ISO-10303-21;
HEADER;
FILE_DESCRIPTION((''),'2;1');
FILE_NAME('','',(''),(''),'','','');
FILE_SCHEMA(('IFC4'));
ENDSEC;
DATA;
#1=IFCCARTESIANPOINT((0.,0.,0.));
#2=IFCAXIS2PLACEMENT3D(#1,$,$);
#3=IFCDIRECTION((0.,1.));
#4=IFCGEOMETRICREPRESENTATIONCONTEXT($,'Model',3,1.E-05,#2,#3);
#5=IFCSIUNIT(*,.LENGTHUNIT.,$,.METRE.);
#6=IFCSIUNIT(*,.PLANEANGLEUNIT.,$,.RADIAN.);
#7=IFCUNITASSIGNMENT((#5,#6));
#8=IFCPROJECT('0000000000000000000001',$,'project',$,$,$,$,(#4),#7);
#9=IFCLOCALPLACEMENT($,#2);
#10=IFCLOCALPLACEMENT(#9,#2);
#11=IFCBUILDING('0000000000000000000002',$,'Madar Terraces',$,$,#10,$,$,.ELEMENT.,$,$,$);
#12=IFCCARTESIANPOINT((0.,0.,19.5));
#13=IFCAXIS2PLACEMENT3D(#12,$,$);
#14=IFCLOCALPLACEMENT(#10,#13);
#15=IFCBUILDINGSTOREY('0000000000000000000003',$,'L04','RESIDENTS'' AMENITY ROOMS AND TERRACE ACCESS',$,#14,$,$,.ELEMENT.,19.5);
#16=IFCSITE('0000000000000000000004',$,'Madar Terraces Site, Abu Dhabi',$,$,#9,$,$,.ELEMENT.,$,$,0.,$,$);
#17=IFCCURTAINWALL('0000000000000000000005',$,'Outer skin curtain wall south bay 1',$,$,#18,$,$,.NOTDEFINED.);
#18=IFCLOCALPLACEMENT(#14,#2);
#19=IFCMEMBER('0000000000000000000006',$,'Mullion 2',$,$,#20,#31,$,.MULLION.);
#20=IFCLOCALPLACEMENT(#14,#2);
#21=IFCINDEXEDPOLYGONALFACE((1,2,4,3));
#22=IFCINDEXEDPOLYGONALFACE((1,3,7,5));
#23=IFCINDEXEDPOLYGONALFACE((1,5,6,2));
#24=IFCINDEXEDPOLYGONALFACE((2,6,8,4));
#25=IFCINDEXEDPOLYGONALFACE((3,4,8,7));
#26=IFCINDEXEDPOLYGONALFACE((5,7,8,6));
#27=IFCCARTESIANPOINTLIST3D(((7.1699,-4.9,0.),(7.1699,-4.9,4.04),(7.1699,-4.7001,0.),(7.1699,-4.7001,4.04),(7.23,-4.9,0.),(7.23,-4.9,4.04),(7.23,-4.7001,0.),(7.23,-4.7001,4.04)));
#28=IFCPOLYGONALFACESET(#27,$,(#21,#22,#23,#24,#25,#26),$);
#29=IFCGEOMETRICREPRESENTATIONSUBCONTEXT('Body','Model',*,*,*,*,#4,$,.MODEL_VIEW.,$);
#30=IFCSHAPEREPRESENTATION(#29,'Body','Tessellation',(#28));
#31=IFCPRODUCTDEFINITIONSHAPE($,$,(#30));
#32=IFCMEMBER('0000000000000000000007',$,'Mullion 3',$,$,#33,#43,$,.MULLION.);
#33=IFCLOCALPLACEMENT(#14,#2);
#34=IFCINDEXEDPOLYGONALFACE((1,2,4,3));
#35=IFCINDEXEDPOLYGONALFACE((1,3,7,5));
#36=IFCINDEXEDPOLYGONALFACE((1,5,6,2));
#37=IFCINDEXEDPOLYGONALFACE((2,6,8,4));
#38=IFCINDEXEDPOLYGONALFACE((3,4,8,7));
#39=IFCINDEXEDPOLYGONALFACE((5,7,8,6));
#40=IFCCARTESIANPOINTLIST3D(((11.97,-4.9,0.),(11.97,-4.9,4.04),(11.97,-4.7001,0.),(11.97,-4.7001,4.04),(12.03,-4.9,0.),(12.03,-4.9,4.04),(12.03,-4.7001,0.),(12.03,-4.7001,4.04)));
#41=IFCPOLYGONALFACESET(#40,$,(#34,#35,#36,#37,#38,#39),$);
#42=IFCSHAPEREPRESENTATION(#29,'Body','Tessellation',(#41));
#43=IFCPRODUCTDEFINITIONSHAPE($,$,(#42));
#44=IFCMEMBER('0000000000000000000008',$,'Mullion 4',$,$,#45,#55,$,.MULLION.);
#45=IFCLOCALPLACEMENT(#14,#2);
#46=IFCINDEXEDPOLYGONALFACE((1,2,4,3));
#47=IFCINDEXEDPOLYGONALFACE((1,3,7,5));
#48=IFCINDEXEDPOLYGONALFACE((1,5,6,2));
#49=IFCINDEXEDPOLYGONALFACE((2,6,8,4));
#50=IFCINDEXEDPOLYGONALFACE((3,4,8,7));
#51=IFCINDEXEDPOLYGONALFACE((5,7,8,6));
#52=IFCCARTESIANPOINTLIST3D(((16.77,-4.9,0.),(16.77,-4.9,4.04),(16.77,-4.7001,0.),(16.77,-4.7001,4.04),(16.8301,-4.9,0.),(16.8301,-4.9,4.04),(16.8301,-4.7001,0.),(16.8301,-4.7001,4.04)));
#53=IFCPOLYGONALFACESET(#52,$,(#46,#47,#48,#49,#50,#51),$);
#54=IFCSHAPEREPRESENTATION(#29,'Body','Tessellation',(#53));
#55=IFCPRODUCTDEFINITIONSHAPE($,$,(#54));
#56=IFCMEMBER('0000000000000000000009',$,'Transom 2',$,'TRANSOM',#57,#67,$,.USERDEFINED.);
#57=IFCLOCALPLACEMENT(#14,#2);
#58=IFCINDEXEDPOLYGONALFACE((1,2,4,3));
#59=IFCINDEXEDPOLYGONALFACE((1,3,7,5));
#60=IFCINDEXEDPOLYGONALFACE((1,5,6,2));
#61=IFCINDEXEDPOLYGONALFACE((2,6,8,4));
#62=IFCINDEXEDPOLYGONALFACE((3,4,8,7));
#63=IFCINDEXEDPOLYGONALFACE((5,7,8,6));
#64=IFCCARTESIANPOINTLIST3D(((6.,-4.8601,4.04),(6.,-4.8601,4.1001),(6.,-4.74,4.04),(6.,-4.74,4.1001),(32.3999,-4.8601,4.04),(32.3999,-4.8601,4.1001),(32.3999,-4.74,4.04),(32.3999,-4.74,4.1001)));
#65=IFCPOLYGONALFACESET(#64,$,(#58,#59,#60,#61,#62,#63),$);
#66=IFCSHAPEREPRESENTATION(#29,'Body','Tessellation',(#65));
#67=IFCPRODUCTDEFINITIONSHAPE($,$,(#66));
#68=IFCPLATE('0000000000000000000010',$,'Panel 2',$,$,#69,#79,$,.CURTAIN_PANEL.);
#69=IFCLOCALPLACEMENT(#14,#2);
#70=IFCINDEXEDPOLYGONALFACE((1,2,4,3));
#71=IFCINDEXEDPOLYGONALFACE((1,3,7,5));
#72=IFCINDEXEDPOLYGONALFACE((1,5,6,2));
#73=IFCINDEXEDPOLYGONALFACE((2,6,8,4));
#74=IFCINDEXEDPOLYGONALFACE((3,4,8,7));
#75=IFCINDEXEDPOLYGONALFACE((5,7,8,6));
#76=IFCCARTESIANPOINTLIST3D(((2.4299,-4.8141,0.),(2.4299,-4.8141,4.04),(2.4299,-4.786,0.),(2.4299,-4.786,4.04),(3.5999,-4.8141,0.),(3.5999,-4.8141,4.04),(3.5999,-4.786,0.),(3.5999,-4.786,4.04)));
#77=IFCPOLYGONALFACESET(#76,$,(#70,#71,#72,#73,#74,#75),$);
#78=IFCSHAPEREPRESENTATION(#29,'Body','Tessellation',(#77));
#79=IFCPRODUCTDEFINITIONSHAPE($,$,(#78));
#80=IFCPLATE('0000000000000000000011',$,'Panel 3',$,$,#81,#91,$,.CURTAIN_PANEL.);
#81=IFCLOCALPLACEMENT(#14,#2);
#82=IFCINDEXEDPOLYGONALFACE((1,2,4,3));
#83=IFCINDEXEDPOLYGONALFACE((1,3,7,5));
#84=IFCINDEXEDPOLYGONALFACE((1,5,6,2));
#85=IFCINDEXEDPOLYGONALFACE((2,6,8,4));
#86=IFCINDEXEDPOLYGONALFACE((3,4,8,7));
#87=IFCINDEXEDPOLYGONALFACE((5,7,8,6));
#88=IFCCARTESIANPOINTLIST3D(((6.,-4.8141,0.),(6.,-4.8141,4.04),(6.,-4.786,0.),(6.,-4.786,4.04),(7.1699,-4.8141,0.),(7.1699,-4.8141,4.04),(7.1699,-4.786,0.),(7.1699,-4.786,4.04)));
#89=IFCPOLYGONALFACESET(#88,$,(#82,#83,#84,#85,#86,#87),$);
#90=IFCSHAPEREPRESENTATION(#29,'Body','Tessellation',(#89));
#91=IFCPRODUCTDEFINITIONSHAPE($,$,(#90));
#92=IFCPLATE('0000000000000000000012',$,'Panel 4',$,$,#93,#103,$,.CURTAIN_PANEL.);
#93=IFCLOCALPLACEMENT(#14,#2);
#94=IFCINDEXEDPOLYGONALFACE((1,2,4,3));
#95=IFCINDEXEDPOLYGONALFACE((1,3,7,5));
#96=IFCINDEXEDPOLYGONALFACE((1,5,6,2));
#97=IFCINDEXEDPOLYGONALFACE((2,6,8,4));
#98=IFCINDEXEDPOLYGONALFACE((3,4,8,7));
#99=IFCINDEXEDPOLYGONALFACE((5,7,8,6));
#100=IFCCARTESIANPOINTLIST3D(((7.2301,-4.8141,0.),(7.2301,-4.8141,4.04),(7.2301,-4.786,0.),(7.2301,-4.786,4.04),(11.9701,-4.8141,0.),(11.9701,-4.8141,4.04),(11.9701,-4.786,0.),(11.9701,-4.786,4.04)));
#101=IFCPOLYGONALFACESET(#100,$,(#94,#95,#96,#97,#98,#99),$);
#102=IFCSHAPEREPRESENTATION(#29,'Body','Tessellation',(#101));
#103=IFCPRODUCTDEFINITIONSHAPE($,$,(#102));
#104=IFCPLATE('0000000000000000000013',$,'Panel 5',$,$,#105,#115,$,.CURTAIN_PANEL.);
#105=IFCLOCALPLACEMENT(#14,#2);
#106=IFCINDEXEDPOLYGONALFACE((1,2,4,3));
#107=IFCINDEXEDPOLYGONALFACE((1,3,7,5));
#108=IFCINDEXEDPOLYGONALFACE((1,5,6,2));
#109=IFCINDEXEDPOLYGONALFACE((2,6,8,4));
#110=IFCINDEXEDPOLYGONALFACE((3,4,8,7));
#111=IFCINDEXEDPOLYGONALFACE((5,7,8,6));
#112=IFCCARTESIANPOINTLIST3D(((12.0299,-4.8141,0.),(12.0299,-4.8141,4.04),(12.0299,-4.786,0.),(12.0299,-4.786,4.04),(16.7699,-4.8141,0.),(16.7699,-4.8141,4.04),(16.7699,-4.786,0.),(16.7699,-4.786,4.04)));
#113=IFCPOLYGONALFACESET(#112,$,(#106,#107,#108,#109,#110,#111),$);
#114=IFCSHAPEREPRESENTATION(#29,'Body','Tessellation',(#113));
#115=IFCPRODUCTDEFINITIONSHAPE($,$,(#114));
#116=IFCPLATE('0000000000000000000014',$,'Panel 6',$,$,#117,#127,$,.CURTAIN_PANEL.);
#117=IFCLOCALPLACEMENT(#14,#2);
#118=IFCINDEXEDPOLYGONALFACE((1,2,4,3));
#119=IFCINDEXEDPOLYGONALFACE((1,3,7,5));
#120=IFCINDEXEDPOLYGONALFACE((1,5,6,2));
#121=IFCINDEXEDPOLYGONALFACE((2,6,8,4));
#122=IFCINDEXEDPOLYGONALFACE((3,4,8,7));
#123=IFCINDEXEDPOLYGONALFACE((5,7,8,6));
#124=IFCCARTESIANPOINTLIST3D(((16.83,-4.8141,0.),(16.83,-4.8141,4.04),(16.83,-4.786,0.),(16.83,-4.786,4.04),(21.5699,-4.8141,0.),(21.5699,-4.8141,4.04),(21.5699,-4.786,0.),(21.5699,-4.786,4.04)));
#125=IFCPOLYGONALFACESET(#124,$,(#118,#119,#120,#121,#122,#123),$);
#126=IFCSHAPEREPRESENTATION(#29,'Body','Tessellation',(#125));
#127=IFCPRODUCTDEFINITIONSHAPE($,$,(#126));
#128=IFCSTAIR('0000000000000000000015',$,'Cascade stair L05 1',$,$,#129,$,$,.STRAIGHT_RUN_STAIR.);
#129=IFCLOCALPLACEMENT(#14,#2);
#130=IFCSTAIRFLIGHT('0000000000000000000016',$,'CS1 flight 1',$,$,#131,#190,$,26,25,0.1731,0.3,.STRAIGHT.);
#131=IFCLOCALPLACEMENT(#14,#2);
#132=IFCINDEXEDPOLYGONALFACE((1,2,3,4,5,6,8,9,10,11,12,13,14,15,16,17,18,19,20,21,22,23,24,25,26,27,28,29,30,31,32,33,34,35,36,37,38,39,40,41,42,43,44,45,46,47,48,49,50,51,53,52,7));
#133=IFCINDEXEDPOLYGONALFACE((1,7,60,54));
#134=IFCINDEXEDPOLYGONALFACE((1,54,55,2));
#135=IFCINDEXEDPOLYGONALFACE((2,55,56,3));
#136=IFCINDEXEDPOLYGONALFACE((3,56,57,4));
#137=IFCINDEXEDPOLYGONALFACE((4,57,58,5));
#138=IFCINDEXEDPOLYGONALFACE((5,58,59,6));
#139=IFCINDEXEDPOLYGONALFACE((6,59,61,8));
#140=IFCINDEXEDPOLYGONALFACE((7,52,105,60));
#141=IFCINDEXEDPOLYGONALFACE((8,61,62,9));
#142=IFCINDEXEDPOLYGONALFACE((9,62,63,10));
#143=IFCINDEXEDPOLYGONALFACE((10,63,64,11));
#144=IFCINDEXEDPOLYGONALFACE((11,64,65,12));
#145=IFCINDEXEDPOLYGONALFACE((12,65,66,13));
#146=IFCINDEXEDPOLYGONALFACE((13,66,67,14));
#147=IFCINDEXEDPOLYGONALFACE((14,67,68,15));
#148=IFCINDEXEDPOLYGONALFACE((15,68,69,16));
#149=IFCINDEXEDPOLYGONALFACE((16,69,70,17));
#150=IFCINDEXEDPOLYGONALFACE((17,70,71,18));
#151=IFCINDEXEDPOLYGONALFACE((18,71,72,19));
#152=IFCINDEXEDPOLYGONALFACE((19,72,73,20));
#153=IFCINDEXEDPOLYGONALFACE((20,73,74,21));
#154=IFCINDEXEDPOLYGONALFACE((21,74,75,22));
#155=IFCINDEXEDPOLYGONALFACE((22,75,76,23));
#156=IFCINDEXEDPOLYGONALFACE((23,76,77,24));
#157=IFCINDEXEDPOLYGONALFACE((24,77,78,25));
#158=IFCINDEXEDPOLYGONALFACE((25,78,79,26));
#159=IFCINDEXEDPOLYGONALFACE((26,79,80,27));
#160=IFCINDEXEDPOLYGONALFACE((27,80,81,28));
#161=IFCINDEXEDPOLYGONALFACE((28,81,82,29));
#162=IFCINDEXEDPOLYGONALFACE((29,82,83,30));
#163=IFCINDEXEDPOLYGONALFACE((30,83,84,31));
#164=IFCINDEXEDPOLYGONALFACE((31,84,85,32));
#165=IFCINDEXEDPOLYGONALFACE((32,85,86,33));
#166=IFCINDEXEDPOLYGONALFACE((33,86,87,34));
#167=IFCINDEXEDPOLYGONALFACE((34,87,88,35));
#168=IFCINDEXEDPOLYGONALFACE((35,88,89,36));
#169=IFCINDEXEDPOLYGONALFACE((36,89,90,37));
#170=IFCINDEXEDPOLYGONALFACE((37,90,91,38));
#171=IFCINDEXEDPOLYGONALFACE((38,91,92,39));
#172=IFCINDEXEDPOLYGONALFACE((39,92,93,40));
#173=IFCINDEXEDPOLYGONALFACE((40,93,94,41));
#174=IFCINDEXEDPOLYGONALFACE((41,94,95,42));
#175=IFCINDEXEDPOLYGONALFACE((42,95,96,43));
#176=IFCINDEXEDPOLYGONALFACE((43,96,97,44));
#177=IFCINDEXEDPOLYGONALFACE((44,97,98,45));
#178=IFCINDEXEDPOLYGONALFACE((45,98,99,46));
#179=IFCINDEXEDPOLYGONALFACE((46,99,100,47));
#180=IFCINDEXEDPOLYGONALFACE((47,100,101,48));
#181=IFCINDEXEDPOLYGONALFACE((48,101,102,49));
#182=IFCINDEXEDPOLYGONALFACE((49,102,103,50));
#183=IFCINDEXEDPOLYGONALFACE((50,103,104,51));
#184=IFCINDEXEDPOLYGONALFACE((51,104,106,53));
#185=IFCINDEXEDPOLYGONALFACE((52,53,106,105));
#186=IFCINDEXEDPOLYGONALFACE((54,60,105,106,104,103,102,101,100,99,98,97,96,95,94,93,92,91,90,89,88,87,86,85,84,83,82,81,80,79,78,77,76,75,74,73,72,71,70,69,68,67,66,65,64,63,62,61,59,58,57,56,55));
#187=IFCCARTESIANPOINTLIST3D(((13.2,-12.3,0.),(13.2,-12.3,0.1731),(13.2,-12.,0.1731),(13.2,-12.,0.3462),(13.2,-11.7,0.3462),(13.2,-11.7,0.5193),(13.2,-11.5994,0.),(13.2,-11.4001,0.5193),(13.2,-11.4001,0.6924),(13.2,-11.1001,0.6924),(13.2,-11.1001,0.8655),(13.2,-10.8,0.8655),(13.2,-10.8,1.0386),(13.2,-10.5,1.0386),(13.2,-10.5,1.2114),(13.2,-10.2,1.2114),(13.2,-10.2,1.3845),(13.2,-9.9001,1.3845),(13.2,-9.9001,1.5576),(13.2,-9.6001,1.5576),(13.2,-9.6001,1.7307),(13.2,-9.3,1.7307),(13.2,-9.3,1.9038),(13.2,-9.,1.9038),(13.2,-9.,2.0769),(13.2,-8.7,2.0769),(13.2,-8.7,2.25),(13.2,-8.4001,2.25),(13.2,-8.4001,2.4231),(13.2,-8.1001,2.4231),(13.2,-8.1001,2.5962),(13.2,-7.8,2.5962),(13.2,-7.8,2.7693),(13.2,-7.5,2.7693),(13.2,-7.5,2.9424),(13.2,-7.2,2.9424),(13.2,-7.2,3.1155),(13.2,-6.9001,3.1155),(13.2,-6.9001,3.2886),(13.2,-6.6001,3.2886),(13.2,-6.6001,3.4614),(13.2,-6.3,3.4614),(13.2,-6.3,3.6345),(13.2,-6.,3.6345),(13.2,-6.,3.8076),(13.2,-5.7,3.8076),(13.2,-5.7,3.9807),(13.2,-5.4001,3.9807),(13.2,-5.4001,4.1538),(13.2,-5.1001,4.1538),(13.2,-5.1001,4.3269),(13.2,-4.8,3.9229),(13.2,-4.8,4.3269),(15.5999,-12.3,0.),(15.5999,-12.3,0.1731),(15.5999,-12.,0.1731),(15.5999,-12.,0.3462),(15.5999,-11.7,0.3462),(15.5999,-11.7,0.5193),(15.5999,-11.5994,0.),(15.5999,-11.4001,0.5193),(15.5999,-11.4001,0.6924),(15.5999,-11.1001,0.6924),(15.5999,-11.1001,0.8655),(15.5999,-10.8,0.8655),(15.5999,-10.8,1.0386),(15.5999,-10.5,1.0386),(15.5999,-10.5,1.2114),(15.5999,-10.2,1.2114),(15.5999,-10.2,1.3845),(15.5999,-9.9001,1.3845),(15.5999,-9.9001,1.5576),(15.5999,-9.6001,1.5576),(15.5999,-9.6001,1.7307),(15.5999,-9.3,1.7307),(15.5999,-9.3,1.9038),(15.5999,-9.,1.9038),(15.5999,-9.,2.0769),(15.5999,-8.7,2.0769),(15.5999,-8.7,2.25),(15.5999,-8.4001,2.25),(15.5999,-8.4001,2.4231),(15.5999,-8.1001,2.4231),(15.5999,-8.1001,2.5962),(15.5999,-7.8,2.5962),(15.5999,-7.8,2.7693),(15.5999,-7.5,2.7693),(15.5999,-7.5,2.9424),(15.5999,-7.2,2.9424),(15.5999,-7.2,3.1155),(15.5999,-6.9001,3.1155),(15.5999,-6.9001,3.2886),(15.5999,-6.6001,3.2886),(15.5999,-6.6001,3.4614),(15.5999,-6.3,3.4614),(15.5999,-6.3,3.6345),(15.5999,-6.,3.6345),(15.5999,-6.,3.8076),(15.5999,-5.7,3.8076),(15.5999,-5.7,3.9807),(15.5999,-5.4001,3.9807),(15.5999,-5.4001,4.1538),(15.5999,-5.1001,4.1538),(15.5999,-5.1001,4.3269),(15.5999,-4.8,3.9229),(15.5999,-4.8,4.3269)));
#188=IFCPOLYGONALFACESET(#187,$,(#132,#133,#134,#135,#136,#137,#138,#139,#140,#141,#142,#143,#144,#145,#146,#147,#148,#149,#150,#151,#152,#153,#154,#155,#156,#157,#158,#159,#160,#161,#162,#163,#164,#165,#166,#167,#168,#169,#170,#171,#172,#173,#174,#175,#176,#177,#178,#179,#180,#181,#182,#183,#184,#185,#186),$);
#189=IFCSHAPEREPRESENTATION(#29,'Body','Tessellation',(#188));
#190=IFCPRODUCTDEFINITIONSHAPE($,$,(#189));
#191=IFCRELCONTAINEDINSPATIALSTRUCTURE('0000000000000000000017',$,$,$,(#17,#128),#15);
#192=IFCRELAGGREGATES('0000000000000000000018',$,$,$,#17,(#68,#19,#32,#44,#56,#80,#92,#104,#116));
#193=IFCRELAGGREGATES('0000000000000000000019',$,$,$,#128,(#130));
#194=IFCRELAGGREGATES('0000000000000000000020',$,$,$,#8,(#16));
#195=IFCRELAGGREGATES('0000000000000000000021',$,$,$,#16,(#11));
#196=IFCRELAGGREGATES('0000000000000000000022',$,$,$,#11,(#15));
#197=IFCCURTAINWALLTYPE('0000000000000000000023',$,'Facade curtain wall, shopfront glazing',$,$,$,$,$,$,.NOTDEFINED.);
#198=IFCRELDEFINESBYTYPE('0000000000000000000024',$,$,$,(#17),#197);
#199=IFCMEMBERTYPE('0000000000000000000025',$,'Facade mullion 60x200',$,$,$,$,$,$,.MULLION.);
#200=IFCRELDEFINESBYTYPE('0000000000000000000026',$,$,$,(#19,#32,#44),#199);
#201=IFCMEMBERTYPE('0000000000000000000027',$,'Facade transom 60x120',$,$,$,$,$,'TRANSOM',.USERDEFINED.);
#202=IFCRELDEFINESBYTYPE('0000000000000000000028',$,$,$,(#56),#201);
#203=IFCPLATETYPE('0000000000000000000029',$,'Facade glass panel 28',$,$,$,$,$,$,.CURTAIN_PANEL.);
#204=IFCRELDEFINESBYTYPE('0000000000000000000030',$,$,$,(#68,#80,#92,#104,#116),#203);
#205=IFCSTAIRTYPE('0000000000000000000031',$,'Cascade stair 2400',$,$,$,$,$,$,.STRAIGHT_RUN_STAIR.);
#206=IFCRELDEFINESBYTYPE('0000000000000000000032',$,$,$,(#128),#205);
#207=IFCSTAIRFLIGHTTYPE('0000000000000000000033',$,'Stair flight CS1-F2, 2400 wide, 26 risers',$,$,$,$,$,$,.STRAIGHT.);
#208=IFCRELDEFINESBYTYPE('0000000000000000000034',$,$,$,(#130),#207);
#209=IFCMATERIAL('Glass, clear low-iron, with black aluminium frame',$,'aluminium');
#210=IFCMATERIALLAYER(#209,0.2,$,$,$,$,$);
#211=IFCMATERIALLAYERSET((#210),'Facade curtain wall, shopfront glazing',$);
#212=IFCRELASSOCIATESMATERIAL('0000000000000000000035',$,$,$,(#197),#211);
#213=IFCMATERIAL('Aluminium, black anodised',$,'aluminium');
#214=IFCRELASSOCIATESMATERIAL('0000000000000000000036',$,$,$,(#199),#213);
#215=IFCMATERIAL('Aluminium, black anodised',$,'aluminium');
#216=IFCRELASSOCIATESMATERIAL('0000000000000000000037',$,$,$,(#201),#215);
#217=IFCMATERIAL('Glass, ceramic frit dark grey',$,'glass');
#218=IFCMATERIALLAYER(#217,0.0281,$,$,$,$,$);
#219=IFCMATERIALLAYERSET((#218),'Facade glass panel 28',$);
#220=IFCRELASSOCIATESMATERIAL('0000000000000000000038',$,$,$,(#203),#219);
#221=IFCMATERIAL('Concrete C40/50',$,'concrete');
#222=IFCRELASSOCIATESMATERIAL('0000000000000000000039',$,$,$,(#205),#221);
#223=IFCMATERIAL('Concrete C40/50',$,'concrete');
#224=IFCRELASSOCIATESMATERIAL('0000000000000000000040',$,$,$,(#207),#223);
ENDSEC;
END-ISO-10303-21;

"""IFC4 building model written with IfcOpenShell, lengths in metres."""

from ifc_helpers import new_model, si_unit, direction, frame, origin, origin_2d, place, context, subcontext, project, spatial, polyline, rectangle, outline, extrude, material, layer, layer_set, material_profile, profile_set, type_object, element, aggregate, save


model = new_model("IFC4")

# Units and contexts
model_context = context("Model", 3, precision=1e-05, world=origin(), true_north=direction((0.0, 1.0)))
body_context = subcontext(model_context, "Body", "Model", "MODEL_VIEW")
ifc_project = project(units=[si_unit("LENGTHUNIT", "METRE"), si_unit("PLANEANGLEUNIT", "RADIAN")], contexts=[model_context])

# Site, building, storey
site_placement = place(None, origin())
site = spatial("IfcSite", under=ifc_project, at=site_placement, Name="Madar Terraces Site, Abu Dhabi", CompositionType="ELEMENT", RefElevation=0.0)
building_placement = place(site_placement, origin())
building = spatial("IfcBuilding", under=site, at=building_placement, Name="Madar Terraces", CompositionType="ELEMENT")
storey_placement = place(building_placement, frame((0.0, 0.0, 19.5)))
storey = spatial("IfcBuildingStorey", under=building, at=storey_placement, Name="L04", Description="RESIDENTS' AMENITY ROOMS AND TERRACE ACCESS", CompositionType="ELEMENT", Elevation=19.5)

# Curtain wall, members, plates
ifc_material_1 = material(Name="Glass, clear low-iron, with black aluminium frame", Category="aluminium")
ifc_layer_1 = layer(ifc_material_1, 0.2)
ifc_layer_set_1 = layer_set([ifc_layer_1], Name="Facade curtain wall, shopfront glazing")
curtain_wall_type = type_object("IfcCurtainWallType", Name="Facade curtain wall, shopfront glazing", PredefinedType="NOTDEFINED", material=ifc_layer_set_1)
curtain_wall_placement = place(storey_placement, origin())
curtain_wall = element("IfcCurtainWall", 1, at=curtain_wall_placement, inside=storey, type_object=curtain_wall_type, Name="Outer skin curtain wall south bay 1", PredefinedType="NOTDEFINED")
ifc_material_2 = material(Name="Aluminium, black anodised", Category="aluminium")
ifc_material_profile_1 = material_profile(ifc_material_2, rectangle(XDim=0.2, YDim=0.0601, at=origin_2d()), Name="Facade mullion 60x200")
ifc_profile_set_1 = profile_set([ifc_material_profile_1], Name="Aluminium, black anodised")
member_type_1 = type_object("IfcMemberType", Name="Facade mullion 60x200", PredefinedType="MULLION", material=ifc_profile_set_1)
member_1_placement = place(storey_placement, frame((7.2, -4.8, 0.0), z_axis=(0.0, 0.0, 1.0), x_axis=(0.0, 1.0, 0.0)))
member_1 = element("IfcMember", 2, at=member_1_placement, type_object=member_type_1, Name="Mullion 2", PredefinedType="MULLION", context=body_context, shape_type="SweptSolid", body=[
    extrude(rectangle(XDim=0.2, YDim=0.0601, at=origin_2d()), origin(), (0.0, 0.0, 1.0), 4.04),
])
member_2_placement = place(storey_placement, frame((12.0, -4.8, 0.0), z_axis=(0.0, 0.0, 1.0), x_axis=(0.0, 1.0, 0.0)))
member_2 = element("IfcMember", 3, at=member_2_placement, type_object=member_type_1, Name="Mullion 3", PredefinedType="MULLION", context=body_context, shape_type="SweptSolid", body=[
    extrude(rectangle(XDim=0.2, YDim=0.0601, at=origin_2d()), origin(), (0.0, 0.0, 1.0), 4.04),
])
member_3_placement = place(storey_placement, frame((16.8, -4.8, 0.0), z_axis=(0.0, 0.0, 1.0), x_axis=(0.0, 1.0, 0.0)))
member_3 = element("IfcMember", 4, at=member_3_placement, type_object=member_type_1, Name="Mullion 4", PredefinedType="MULLION", context=body_context, shape_type="SweptSolid", body=[
    extrude(rectangle(XDim=0.2, YDim=0.0601, at=origin_2d()), origin(), (0.0, 0.0, 1.0), 4.04),
])
ifc_material_3 = material(Name="Aluminium, black anodised", Category="aluminium")
ifc_material_profile_2 = material_profile(ifc_material_3, rectangle(XDim=0.1201, YDim=0.0601, at=origin_2d()), Name="Facade transom 60x120")
ifc_profile_set_2 = profile_set([ifc_material_profile_2], Name="Aluminium, black anodised")
member_type_2 = type_object("IfcMemberType", Name="Facade transom 60x120", ElementType="TRANSOM", PredefinedType="USERDEFINED", material=ifc_profile_set_2)
member_4_placement = place(storey_placement, frame((6.0, -4.8, 4.0701), z_axis=(1.0, 0.0, 0.0), x_axis=(0.0, 1.0, 0.0)))
member_4 = element("IfcMember", 5, at=member_4_placement, type_object=member_type_2, Name="Transom 2", ObjectType="TRANSOM", PredefinedType="USERDEFINED", context=body_context, shape_type="SweptSolid", body=[
    extrude(rectangle(XDim=0.1201, YDim=0.0601, at=origin_2d()), origin(), (0.0, 0.0, 1.0), 26.3999),
])
ifc_material_4 = material(Name="Glass, ceramic frit dark grey", Category="glass")
ifc_layer_2 = layer(ifc_material_4, 0.0281)
ifc_layer_set_2 = layer_set([ifc_layer_2], Name="Facade glass panel 28")
plate_type = type_object("IfcPlateType", Name="Facade glass panel 28", PredefinedType="CURTAIN_PANEL", material=ifc_layer_set_2)
plate_1_placement = place(storey_placement, frame((3.0149, -4.8, 0.0), z_axis=(0.0, 0.0, 1.0), x_axis=(1.0, 0.0, 0.0)))
plate_1 = element("IfcPlate", 6, at=plate_1_placement, type_object=plate_type, Name="Panel 2", PredefinedType="CURTAIN_PANEL", context=body_context, shape_type="SweptSolid", body=[
    extrude(rectangle(XDim=1.1699, YDim=0.0281, at=origin_2d()), origin(), (0.0, 0.0, 1.0), 4.04),
])
plate_2_placement = place(storey_placement, frame((6.585, -4.8, 0.0), z_axis=(0.0, 0.0, 1.0), x_axis=(1.0, 0.0, 0.0)))
plate_2 = element("IfcPlate", 7, at=plate_2_placement, type_object=plate_type, Name="Panel 3", PredefinedType="CURTAIN_PANEL", context=body_context, shape_type="SweptSolid", body=[
    extrude(rectangle(XDim=1.1699, YDim=0.0281, at=origin_2d()), origin(), (0.0, 0.0, 1.0), 4.04),
])
plate_3_placement = place(storey_placement, frame((9.6001, -4.8, 0.0), z_axis=(0.0, 0.0, 1.0), x_axis=(1.0, 0.0, 0.0)))
plate_3 = element("IfcPlate", 8, at=plate_3_placement, type_object=plate_type, Name="Panel 4", PredefinedType="CURTAIN_PANEL", context=body_context, shape_type="SweptSolid", body=[
    extrude(rectangle(XDim=4.74, YDim=0.0281, at=origin_2d()), origin(), (0.0, 0.0, 1.0), 4.04),
])
plate_4_placement = place(storey_placement, frame((14.3999, -4.8, 0.0), z_axis=(0.0, 0.0, 1.0), x_axis=(1.0, 0.0, 0.0)))
plate_4 = element("IfcPlate", 9, at=plate_4_placement, type_object=plate_type, Name="Panel 5", PredefinedType="CURTAIN_PANEL", context=body_context, shape_type="SweptSolid", body=[
    extrude(rectangle(XDim=4.74, YDim=0.0281, at=origin_2d()), origin(), (0.0, 0.0, 1.0), 4.04),
])
plate_5_placement = place(storey_placement, frame((19.2, -4.8, 0.0), z_axis=(0.0, 0.0, 1.0), x_axis=(1.0, 0.0, 0.0)))
plate_5 = element("IfcPlate", 10, at=plate_5_placement, type_object=plate_type, Name="Panel 6", PredefinedType="CURTAIN_PANEL", context=body_context, shape_type="SweptSolid", body=[
    extrude(rectangle(XDim=4.74, YDim=0.0281, at=origin_2d()), origin(), (0.0, 0.0, 1.0), 4.04),
])
aggregate(curtain_wall, [plate_1, member_1, member_2, member_3, member_4, plate_2, plate_3, plate_4, plate_5])

# Stair, stair flight
ifc_material_5 = material(Name="Concrete C40/50", Category="concrete")
stair_type = type_object("IfcStairType", Name="Cascade stair 2400", PredefinedType="STRAIGHT_RUN_STAIR", material=ifc_material_5)
stair_placement = place(storey_placement, origin())
stair = element("IfcStair", 11, at=stair_placement, inside=storey, type_object=stair_type, Name="Cascade stair L05 1", PredefinedType="STRAIGHT_RUN_STAIR")
ifc_material_6 = material(Name="Concrete C40/50", Category="concrete")
stair_flight_type = type_object("IfcStairFlightType", Name="Stair flight CS1-F2, 2400 wide, 26 risers", PredefinedType="STRAIGHT", material=ifc_material_6)
stair_flight_placement = place(storey_placement, frame((14.3999, -12.3, 0.0), z_axis=(0.0, 0.0, 1.0), x_axis=(0.0, 1.0, 0.0)))
stair_flight = element("IfcStairFlight", 12, at=stair_flight_placement, type_object=stair_flight_type, Name="CS1 flight 1", NumberOfRisers=26, NumberOfTreads=25, PredefinedType="STRAIGHT", RiserHeight=0.1731, TreadLength=0.3, context=body_context, shape_type="SweptSolid", body=[
    extrude(outline(polyline([(0.0, 0.0), (0.0, 0.1731), (0.3, 0.1731), (0.3, 0.3462), (0.6001, 0.3462), (0.6001, 0.5193), (0.8999, 0.5193), (0.8999, 0.6924), (1.2, 0.6924), (1.2, 0.8655), (1.5, 0.8655), (1.5, 1.0386), (1.8, 1.0386), (1.8, 1.2114), (2.1001, 1.2114), (2.1001, 1.3845), (2.3999, 1.3845), (2.3999, 1.5576), (2.7, 1.5576), (2.7, 1.7307), (3.0, 1.7307), (3.0, 1.9038), (3.3, 1.9038), (3.3, 2.0769), (3.6001, 2.0769), (3.6001, 2.25), (3.8999, 2.25), (3.8999, 2.4231), (4.2, 2.4231), (4.2, 2.5962), (4.5, 2.5962), (4.5, 2.7693), (4.8, 2.7693), (4.8, 2.9424), (5.1001, 2.9424), (5.1001, 3.1155), (5.3999, 3.1155), (5.3999, 3.2886), (5.7, 3.2886), (5.7, 3.4614), (6.0, 3.4614), (6.0, 3.6345), (6.3, 3.6345), (6.3, 3.8076), (6.6001, 3.8076), (6.6001, 3.9807), (6.8999, 3.9807), (6.8999, 4.1538), (7.2, 4.1538), (7.2, 4.3269), (7.5, 4.3269), (7.5, 4.5), (7.5, 3.9229), (0.7007, 0.0), (0.0, 0.0)])), frame((0.0, 1.2, 0.0), z_axis=(0.0, -1.0, 0.0), x_axis=(1.0, 0.0, 0.0)), (0.0, 0.0, 1.0), 2.3999),
])
aggregate(stair, [stair_flight])

save(model, "model.ifc")
